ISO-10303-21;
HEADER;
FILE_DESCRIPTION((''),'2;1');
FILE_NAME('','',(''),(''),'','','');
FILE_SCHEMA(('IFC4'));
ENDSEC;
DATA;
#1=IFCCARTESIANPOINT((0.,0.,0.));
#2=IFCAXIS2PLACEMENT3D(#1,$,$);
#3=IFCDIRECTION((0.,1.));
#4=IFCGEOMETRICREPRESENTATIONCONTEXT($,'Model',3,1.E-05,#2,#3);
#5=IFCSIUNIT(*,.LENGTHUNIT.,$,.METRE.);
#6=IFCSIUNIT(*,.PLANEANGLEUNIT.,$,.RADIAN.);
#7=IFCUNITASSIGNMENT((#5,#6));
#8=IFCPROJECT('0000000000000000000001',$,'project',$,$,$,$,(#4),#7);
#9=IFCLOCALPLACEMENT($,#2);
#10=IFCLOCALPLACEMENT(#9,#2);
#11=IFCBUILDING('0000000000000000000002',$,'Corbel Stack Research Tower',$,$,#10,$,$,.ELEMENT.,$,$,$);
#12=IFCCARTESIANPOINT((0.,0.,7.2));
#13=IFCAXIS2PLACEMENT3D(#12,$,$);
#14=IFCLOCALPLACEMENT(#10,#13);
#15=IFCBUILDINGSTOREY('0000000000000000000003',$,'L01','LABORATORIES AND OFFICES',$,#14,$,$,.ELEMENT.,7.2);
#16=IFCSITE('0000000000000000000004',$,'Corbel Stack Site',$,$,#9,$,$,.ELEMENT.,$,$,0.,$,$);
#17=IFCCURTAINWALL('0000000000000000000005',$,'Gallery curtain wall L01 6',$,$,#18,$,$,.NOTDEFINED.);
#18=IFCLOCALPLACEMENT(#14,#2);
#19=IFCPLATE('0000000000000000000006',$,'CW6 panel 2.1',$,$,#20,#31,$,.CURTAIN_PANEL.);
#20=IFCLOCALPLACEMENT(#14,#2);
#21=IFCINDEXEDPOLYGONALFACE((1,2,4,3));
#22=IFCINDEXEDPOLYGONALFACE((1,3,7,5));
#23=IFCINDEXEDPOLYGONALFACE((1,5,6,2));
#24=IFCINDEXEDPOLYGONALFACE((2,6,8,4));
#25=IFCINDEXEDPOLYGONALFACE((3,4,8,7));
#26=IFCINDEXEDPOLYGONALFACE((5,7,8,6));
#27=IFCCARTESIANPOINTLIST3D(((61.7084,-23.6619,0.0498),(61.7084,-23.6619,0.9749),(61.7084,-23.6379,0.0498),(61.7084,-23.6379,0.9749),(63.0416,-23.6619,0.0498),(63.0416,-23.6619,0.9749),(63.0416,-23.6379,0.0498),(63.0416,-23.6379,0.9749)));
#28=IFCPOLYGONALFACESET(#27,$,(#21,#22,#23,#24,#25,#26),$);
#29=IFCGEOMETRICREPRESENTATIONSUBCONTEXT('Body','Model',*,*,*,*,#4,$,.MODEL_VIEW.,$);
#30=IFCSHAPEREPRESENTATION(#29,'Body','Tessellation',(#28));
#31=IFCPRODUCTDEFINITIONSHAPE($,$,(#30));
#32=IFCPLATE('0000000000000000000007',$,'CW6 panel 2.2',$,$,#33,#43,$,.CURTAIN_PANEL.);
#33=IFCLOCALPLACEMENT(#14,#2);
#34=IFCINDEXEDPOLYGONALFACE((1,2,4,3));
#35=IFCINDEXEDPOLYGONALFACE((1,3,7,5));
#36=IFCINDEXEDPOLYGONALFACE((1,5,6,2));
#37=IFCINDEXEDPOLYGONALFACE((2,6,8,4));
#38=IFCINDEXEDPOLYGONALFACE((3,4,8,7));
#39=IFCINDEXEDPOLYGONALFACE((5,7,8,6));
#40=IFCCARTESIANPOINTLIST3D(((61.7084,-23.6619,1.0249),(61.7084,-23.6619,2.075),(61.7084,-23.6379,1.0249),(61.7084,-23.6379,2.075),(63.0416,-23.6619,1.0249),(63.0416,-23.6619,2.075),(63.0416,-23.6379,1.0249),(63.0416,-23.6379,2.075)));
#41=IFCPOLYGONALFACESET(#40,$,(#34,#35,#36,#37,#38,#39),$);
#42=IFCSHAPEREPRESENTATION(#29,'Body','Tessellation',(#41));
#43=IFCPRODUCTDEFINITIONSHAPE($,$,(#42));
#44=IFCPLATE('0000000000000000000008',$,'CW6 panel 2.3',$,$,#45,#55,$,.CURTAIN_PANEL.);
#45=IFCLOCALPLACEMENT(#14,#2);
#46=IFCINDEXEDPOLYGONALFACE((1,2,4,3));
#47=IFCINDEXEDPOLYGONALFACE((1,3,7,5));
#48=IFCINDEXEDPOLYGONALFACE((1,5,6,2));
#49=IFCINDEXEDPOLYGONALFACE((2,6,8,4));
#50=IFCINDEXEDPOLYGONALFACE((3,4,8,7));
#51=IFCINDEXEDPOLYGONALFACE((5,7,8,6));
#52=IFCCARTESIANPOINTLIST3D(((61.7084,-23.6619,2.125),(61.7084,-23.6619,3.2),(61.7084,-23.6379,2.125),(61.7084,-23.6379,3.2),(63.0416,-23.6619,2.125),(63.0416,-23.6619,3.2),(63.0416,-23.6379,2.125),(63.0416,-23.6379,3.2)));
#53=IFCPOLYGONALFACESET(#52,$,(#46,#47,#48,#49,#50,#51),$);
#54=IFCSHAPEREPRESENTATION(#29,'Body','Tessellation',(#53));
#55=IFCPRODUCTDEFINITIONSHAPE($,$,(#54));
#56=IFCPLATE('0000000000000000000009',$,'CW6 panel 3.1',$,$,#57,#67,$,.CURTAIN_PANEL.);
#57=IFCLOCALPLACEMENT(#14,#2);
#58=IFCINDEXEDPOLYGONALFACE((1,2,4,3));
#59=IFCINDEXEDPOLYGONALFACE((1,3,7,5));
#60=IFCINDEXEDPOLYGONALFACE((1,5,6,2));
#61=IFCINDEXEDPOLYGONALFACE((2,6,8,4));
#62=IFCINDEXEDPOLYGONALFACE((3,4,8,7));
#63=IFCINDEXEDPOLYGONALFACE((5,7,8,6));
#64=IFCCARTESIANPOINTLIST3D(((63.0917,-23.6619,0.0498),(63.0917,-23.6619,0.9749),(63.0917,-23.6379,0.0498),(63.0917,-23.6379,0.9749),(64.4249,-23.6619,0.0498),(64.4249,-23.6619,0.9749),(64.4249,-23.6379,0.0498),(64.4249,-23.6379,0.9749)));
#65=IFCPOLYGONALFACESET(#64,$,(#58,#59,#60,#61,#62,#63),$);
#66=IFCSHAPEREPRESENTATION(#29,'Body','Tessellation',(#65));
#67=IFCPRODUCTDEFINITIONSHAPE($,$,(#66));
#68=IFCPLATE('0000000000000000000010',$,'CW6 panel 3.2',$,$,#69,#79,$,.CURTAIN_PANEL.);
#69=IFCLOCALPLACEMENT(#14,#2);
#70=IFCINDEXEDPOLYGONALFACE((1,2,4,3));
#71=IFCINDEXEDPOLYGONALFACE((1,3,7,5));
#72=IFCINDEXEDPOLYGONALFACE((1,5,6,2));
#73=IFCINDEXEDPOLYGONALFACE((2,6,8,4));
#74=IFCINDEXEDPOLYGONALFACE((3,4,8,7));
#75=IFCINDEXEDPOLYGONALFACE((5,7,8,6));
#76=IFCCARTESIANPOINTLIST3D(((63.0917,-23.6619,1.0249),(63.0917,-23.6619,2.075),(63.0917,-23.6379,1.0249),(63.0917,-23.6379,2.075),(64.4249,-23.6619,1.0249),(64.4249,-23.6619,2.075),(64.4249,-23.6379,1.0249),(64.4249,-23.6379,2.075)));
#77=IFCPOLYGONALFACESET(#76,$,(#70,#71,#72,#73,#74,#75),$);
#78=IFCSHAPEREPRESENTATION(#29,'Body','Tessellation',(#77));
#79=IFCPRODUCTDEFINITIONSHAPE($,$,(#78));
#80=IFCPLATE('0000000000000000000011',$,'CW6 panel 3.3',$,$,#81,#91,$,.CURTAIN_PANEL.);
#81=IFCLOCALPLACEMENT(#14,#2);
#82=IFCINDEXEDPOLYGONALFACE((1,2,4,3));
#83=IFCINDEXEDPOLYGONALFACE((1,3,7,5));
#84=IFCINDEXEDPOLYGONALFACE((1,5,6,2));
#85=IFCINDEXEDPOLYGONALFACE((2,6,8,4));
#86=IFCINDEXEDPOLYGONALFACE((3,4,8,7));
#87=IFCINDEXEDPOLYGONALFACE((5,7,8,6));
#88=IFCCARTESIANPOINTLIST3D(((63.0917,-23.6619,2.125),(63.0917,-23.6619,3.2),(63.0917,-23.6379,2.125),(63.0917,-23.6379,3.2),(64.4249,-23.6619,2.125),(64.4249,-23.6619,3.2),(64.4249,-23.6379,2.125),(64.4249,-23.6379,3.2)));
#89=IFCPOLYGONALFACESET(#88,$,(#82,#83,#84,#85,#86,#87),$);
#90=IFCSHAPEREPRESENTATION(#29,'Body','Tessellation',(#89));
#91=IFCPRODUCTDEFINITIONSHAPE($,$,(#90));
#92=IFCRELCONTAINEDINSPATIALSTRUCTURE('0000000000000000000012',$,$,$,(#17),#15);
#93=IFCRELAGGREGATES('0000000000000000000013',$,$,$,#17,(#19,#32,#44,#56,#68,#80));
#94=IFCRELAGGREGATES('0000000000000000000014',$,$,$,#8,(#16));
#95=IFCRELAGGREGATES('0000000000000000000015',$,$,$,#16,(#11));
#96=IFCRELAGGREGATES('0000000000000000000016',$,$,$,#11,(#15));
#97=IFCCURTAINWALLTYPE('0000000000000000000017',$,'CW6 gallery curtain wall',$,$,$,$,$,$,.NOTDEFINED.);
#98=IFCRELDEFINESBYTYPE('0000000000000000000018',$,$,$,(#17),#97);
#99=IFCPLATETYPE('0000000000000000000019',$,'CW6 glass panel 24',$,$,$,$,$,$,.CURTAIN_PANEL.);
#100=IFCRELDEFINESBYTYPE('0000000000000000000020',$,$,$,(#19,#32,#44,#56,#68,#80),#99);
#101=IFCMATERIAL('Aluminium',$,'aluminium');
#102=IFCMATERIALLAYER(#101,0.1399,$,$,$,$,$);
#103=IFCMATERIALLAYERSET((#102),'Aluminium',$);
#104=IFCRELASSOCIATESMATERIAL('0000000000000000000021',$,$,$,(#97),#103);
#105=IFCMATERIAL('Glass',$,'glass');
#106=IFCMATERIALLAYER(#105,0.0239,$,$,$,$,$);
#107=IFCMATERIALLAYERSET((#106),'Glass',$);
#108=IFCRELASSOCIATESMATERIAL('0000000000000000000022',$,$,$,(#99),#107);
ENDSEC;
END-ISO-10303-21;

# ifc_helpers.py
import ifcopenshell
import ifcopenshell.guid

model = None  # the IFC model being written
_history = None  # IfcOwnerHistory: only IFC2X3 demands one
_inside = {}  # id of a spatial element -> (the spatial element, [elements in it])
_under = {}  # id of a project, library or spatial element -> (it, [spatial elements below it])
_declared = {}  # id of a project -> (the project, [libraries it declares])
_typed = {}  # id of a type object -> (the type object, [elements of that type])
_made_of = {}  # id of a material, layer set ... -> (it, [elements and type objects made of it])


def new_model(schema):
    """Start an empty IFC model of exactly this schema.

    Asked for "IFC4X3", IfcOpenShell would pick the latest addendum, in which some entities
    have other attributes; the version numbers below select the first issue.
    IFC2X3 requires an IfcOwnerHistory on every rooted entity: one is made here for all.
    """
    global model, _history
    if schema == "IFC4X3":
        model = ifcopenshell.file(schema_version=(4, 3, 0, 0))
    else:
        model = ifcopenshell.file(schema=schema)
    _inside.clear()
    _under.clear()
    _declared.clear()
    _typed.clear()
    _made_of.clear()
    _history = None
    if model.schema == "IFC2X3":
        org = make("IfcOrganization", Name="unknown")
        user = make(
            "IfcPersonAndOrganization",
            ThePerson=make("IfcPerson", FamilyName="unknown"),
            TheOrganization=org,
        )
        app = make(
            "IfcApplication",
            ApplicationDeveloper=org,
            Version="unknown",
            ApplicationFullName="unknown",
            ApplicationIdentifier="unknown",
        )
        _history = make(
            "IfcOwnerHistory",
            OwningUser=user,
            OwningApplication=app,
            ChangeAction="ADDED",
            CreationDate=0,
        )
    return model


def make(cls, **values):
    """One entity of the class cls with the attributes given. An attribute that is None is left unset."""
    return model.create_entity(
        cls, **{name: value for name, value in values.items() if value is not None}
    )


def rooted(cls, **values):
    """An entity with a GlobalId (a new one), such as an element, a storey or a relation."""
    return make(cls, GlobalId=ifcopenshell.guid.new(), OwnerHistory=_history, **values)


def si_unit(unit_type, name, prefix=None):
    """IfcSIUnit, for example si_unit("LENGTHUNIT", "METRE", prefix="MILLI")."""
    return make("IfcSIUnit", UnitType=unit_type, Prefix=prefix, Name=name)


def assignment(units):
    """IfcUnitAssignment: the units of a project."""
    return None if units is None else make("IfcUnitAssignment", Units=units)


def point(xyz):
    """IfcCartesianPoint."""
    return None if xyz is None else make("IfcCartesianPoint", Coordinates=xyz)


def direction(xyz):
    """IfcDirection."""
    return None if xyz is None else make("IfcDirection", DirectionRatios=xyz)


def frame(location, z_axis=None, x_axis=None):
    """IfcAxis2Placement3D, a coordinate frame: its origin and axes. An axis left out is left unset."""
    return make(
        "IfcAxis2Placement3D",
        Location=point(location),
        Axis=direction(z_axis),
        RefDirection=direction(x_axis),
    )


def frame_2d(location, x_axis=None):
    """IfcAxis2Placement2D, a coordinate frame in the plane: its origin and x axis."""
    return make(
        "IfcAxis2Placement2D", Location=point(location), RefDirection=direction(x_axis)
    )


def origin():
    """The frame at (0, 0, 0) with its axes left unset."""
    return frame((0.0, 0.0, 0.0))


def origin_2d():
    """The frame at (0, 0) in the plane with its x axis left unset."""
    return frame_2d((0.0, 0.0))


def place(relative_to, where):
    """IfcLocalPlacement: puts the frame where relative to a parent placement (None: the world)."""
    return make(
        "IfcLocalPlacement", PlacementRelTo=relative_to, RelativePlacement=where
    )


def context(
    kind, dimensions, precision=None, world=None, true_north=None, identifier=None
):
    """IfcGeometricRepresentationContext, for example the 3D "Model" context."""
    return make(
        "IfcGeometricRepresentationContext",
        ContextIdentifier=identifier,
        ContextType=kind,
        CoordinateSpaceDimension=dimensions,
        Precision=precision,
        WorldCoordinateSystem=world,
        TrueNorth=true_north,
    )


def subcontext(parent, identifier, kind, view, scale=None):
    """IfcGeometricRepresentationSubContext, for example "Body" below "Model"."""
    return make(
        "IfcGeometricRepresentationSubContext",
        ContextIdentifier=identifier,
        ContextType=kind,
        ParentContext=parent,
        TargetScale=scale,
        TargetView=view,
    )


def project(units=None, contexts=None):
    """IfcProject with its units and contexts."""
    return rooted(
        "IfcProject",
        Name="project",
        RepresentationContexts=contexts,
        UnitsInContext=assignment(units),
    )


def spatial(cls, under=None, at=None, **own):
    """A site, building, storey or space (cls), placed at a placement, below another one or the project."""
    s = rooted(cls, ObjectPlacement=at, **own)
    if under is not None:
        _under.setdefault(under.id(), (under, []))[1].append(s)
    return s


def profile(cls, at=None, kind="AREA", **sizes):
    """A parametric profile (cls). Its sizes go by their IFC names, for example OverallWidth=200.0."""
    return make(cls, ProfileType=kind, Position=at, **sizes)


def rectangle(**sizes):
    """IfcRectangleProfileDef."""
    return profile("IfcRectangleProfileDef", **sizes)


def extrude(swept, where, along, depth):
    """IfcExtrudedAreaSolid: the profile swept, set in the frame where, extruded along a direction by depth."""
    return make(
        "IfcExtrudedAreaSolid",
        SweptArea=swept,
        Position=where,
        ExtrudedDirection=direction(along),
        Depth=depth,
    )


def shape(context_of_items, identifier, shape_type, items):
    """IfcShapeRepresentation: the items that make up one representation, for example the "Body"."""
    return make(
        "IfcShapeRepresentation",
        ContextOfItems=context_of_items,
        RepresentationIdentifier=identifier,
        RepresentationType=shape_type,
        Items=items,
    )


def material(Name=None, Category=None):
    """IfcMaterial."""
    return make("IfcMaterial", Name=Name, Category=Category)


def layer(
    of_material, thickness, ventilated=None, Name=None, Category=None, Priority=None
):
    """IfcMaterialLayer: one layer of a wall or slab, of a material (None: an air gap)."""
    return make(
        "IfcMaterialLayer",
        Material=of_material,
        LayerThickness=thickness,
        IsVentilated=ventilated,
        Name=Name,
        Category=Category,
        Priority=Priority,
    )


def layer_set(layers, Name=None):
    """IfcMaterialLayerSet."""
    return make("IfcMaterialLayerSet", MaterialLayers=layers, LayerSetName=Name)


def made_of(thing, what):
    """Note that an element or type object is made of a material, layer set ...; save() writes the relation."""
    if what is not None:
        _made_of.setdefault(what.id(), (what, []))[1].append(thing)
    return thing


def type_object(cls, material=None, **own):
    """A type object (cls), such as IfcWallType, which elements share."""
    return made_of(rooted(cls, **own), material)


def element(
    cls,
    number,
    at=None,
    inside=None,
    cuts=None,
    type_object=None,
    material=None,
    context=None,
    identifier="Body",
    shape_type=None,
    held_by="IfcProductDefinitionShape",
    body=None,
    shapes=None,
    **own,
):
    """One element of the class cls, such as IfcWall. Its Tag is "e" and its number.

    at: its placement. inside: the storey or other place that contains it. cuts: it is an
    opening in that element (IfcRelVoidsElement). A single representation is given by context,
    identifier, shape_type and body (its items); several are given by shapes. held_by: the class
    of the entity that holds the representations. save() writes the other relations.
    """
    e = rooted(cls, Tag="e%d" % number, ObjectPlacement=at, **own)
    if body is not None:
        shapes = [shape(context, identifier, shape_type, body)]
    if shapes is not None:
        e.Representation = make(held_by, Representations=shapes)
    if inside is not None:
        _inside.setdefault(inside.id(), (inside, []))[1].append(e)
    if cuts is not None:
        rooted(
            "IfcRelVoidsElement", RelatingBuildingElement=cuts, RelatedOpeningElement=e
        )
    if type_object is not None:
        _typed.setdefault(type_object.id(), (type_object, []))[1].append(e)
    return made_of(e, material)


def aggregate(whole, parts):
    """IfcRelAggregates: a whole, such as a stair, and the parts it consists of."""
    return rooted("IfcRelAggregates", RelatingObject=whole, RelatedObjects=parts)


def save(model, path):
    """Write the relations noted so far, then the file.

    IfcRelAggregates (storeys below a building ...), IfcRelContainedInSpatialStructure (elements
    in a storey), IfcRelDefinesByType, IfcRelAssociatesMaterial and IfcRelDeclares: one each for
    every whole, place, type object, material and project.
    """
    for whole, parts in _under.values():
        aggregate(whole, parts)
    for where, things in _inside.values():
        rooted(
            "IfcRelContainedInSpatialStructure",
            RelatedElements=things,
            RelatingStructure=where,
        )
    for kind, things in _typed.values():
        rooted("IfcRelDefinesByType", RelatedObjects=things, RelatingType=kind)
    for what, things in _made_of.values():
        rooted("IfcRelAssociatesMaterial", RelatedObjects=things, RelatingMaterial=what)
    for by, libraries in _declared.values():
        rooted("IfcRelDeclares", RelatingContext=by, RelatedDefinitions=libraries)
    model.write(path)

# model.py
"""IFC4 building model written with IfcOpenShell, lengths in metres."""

from ifc_helpers import new_model, si_unit, direction, frame, origin, origin_2d, place, context, subcontext, project, spatial, rectangle, extrude, material, layer, layer_set, type_object, element, aggregate, save


model = new_model("IFC4")

# Units and contexts
model_context = context("Model", 3, precision=1e-05, world=origin(), true_north=direction((0.0, 1.0)))
body_context = subcontext(model_context, "Body", "Model", "MODEL_VIEW")
ifc_project = project(units=[si_unit("LENGTHUNIT", "METRE"), si_unit("PLANEANGLEUNIT", "RADIAN")], contexts=[model_context])

# Site, building, storey
site_placement = place(None, origin())
site = spatial("IfcSite", under=ifc_project, at=site_placement, Name="Corbel Stack Site", CompositionType="ELEMENT", RefElevation=0.0)
building_placement = place(site_placement, origin())
building = spatial("IfcBuilding", under=site, at=building_placement, Name="Corbel Stack Research Tower", CompositionType="ELEMENT")
storey_placement = place(building_placement, frame((0.0, 0.0, 7.2)))
storey = spatial("IfcBuildingStorey", under=building, at=storey_placement, Name="L01", Description="LABORATORIES AND OFFICES", CompositionType="ELEMENT", Elevation=7.2)

# Curtain wall
ifc_material_1 = material(Name="Aluminium", Category="aluminium")
ifc_layer_1 = layer(ifc_material_1, 0.1399)
ifc_layer_set_1 = layer_set([ifc_layer_1], Name="Aluminium")
curtain_wall_type = type_object("IfcCurtainWallType", Name="CW6 gallery curtain wall", PredefinedType="NOTDEFINED", material=ifc_layer_set_1)
curtain_wall_placement = place(storey_placement, origin())
curtain_wall = element("IfcCurtainWall", 1, at=curtain_wall_placement, inside=storey, type_object=curtain_wall_type, Name="Gallery curtain wall L01 6", PredefinedType="NOTDEFINED")

# Plates
ifc_material_2 = material(Name="Glass", Category="glass")
ifc_layer_2 = layer(ifc_material_2, 0.0239)
ifc_layer_set_2 = layer_set([ifc_layer_2], Name="Glass")
plate_type = type_object("IfcPlateType", Name="CW6 glass panel 24", PredefinedType="CURTAIN_PANEL", material=ifc_layer_set_2)
plate_1_placement = place(storey_placement, frame((62.375, -23.6499, 0.0498), z_axis=(0.0, 0.0, 1.0), x_axis=(1.0, 0.0, 0.0)))
plate_1 = element("IfcPlate", 2, at=plate_1_placement, type_object=plate_type, Name="CW6 panel 2.1", PredefinedType="CURTAIN_PANEL", context=body_context, shape_type="SweptSolid", body=[
    extrude(rectangle(XDim=1.3333, YDim=0.0239, at=origin_2d()), origin(), (0.0, 0.0, 1.0), 0.925),
])
plate_2_placement = place(storey_placement, frame((62.375, -23.6499, 1.0249), z_axis=(0.0, 0.0, 1.0), x_axis=(1.0, 0.0, 0.0)))
plate_2 = element("IfcPlate", 3, at=plate_2_placement, type_object=plate_type, Name="CW6 panel 2.2", PredefinedType="CURTAIN_PANEL", context=body_context, shape_type="SweptSolid", body=[
    extrude(rectangle(XDim=1.3333, YDim=0.0239, at=origin_2d()), origin(), (0.0, 0.0, 1.0), 1.05),
])
plate_3_placement = place(storey_placement, frame((62.375, -23.6499, 2.125), z_axis=(0.0, 0.0, 1.0), x_axis=(1.0, 0.0, 0.0)))
plate_3 = element("IfcPlate", 4, at=plate_3_placement, type_object=plate_type, Name="CW6 panel 2.3", PredefinedType="CURTAIN_PANEL", context=body_context, shape_type="SweptSolid", body=[
    extrude(rectangle(XDim=1.3333, YDim=0.0239, at=origin_2d()), origin(), (0.0, 0.0, 1.0), 1.075),
])
plate_4_placement = place(storey_placement, frame((63.7583, -23.6499, 0.0498), z_axis=(0.0, 0.0, 1.0), x_axis=(1.0, 0.0, 0.0)))
plate_4 = element("IfcPlate", 5, at=plate_4_placement, type_object=plate_type, Name="CW6 panel 3.1", PredefinedType="CURTAIN_PANEL", context=body_context, shape_type="SweptSolid", body=[
    extrude(rectangle(XDim=1.3333, YDim=0.0239, at=origin_2d()), origin(), (0.0, 0.0, 1.0), 0.925),
])
plate_5_placement = place(storey_placement, frame((63.7583, -23.6499, 1.0249), z_axis=(0.0, 0.0, 1.0), x_axis=(1.0, 0.0, 0.0)))
plate_5 = element("IfcPlate", 6, at=plate_5_placement, type_object=plate_type, Name="CW6 panel 3.2", PredefinedType="CURTAIN_PANEL", context=body_context, shape_type="SweptSolid", body=[
    extrude(rectangle(XDim=1.3333, YDim=0.0239, at=origin_2d()), origin(), (0.0, 0.0, 1.0), 1.05),
])
plate_6_placement = place(storey_placement, frame((63.7583, -23.6499, 2.125), z_axis=(0.0, 0.0, 1.0), x_axis=(1.0, 0.0, 0.0)))
plate_6 = element("IfcPlate", 7, at=plate_6_placement, type_object=plate_type, Name="CW6 panel 3.3", PredefinedType="CURTAIN_PANEL", context=body_context, shape_type="SweptSolid", body=[
    extrude(rectangle(XDim=1.3333, YDim=0.0239, at=origin_2d()), origin(), (0.0, 0.0, 1.0), 1.075),
])
aggregate(curtain_wall, [plate_1, plate_2, plate_3, plate_4, plate_5, plate_6])

save(model, "model.ifc")
